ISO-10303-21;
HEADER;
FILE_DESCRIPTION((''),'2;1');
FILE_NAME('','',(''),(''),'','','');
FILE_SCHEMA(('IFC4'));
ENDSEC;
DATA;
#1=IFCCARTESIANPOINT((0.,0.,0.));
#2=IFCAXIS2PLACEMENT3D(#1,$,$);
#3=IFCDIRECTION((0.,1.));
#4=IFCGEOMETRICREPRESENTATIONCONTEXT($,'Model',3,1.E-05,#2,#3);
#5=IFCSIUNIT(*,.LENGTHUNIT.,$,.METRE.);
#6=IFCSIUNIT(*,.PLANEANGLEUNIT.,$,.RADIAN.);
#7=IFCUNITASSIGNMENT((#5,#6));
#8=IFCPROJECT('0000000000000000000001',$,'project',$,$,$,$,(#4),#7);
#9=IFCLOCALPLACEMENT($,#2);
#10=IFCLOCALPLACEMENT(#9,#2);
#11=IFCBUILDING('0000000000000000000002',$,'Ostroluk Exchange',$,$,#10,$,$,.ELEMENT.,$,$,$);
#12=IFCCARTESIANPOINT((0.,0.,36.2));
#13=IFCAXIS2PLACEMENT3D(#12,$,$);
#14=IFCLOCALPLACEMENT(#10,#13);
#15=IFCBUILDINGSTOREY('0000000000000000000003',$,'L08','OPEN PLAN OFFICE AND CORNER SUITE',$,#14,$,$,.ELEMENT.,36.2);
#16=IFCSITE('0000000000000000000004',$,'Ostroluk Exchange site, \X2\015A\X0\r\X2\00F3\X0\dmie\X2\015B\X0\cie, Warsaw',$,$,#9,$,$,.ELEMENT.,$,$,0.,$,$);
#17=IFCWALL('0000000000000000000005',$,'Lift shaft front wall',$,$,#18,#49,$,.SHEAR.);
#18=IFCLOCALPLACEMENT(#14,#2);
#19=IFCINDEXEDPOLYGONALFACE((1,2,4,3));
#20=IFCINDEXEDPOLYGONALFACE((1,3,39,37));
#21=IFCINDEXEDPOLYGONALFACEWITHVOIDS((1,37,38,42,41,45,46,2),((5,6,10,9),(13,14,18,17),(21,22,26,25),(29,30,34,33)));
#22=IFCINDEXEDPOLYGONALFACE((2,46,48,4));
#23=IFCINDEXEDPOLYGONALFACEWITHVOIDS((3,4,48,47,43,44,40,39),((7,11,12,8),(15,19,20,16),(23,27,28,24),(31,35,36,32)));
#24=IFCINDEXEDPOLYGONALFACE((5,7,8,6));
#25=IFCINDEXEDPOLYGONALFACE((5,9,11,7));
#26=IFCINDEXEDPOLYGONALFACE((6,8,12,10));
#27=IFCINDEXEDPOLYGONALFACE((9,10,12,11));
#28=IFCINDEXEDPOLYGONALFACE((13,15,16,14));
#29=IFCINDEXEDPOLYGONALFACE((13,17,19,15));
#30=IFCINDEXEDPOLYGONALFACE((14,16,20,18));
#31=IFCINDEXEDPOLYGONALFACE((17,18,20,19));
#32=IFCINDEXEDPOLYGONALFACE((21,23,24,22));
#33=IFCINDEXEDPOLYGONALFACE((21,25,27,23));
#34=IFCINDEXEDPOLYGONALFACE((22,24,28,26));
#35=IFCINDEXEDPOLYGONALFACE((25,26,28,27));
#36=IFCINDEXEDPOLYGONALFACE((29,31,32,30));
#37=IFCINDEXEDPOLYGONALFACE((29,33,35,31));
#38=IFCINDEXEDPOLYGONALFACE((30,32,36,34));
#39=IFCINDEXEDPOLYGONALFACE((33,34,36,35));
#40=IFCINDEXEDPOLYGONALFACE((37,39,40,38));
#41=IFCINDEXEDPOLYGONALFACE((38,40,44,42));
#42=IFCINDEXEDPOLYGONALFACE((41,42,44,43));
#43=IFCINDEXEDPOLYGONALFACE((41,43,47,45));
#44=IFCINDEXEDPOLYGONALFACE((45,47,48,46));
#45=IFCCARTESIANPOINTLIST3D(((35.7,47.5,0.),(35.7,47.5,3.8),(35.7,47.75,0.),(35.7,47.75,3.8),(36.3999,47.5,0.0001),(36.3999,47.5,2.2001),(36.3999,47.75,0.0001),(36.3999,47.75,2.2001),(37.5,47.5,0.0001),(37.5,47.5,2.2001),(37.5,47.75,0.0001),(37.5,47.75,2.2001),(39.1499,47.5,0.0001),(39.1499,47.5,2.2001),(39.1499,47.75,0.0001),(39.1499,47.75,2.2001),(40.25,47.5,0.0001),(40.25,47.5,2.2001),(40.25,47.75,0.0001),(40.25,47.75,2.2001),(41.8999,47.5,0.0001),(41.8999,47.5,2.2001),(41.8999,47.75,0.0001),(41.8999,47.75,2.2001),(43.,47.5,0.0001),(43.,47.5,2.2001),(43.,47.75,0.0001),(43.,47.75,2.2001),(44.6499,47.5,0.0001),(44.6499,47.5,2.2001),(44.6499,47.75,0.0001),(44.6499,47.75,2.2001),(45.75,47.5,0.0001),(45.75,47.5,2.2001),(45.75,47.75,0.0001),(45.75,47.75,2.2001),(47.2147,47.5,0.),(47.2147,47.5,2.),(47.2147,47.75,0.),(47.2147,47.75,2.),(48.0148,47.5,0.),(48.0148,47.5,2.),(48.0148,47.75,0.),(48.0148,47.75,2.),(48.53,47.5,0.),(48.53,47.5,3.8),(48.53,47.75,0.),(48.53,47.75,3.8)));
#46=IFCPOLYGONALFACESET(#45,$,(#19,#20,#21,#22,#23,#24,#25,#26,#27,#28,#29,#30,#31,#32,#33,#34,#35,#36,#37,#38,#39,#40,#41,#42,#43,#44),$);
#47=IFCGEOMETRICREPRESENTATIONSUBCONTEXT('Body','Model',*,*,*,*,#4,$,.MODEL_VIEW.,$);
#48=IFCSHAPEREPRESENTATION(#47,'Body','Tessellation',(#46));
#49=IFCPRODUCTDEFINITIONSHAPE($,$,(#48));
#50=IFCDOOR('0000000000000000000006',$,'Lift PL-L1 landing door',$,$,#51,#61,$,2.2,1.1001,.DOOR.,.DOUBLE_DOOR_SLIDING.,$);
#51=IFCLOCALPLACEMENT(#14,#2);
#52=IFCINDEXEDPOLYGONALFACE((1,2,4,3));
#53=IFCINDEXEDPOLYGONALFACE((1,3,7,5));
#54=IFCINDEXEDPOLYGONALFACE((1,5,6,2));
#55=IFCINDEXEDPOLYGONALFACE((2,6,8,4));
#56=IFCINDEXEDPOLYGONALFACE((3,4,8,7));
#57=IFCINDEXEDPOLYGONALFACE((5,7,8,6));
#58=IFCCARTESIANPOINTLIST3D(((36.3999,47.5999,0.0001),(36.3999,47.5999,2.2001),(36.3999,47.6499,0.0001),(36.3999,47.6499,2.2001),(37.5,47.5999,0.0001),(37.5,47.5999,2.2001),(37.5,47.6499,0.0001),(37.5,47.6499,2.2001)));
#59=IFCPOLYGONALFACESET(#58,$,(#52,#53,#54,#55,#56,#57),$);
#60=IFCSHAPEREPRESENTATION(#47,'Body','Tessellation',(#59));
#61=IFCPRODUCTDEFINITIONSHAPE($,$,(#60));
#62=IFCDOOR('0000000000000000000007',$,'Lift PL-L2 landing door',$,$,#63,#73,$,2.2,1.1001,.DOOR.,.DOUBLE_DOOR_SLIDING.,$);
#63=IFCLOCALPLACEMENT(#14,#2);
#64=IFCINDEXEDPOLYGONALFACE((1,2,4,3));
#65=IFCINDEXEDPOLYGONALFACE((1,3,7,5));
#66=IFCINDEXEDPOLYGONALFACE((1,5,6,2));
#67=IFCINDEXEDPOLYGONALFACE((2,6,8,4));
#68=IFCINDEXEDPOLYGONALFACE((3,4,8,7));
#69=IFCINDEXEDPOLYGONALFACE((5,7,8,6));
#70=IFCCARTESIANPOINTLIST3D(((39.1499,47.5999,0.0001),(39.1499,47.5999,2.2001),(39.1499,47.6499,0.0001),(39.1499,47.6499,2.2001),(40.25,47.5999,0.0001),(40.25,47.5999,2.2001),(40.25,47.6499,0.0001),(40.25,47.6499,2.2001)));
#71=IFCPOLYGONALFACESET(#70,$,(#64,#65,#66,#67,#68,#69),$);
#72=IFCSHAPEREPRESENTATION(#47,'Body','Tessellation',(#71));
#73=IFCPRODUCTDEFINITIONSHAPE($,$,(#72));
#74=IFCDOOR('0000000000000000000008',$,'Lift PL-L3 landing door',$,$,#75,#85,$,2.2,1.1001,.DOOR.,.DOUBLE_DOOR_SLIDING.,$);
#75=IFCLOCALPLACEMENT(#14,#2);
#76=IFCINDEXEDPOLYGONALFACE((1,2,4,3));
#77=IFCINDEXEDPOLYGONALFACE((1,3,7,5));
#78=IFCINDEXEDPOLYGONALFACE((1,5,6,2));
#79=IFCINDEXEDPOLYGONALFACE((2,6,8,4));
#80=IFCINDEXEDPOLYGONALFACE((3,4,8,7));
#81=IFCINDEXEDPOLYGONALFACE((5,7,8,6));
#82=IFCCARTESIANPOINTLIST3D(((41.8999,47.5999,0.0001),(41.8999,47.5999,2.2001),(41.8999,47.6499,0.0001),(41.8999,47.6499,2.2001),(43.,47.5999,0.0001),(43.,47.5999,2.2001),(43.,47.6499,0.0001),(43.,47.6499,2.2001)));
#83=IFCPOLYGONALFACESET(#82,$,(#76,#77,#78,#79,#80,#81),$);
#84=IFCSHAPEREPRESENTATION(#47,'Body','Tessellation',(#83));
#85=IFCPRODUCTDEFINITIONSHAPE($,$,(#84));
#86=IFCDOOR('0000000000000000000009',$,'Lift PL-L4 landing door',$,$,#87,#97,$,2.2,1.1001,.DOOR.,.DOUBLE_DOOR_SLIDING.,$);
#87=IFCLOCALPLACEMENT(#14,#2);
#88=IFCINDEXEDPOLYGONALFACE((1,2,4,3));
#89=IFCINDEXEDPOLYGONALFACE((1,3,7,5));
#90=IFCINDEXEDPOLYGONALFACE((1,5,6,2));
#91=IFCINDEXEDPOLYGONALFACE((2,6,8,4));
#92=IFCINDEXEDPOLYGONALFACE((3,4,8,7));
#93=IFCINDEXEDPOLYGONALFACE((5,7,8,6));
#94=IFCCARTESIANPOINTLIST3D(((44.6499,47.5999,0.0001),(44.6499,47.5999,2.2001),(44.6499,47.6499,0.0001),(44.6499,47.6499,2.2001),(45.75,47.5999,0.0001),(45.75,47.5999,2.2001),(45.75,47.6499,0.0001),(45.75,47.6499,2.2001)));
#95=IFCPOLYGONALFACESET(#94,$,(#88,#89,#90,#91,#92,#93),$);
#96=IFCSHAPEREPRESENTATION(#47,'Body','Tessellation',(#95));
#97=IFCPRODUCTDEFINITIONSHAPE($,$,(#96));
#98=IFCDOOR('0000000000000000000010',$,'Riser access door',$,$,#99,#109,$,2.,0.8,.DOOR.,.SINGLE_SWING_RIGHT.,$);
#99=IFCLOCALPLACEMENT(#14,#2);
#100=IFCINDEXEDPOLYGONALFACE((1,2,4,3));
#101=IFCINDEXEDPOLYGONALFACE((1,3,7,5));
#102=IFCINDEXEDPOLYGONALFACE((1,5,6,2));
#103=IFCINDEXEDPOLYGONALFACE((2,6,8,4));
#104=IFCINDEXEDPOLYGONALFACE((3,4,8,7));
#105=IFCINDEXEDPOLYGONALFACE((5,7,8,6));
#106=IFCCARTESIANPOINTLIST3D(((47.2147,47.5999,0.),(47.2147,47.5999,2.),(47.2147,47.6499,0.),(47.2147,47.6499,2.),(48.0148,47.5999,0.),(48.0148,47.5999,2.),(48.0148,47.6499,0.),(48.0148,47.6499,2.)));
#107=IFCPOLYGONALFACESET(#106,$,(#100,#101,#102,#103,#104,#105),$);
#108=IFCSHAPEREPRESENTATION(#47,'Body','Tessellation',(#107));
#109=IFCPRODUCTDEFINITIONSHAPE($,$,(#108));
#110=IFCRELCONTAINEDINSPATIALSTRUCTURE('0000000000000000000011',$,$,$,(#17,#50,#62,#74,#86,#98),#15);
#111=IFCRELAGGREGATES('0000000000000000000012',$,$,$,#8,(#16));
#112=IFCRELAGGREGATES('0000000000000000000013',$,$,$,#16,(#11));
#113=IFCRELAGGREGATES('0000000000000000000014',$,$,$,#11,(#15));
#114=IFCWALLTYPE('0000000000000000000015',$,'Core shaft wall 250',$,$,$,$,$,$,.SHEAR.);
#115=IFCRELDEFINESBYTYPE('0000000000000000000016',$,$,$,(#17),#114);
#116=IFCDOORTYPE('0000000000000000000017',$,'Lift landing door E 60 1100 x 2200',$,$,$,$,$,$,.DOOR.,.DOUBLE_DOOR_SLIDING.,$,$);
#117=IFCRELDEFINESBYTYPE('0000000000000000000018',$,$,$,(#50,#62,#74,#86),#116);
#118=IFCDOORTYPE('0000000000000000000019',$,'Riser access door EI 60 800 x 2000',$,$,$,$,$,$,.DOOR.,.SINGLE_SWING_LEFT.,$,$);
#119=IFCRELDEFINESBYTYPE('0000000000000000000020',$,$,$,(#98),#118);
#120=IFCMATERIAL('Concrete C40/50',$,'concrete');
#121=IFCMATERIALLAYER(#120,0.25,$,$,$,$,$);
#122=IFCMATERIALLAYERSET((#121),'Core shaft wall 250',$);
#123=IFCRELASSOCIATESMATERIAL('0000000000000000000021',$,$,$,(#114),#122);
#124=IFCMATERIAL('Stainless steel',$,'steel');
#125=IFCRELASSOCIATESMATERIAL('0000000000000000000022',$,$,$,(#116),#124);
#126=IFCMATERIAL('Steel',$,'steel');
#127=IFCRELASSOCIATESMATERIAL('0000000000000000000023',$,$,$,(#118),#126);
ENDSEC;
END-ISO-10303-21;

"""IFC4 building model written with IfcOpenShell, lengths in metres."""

from ifc_helpers import new_model, si_unit, direction, frame, frame_2d, origin, place, context, subcontext, project, spatial, rectangle, extrude, material, layer, layer_set, type_object, element, fill, save


model = new_model("IFC4")

# Units and contexts
model_context = context("Model", 3, precision=1e-05, world=origin(), true_north=direction((0.0, 1.0)))
body_context = subcontext(model_context, "Body", "Model", "MODEL_VIEW")
ifc_project = project(units=[si_unit("LENGTHUNIT", "METRE"), si_unit("PLANEANGLEUNIT", "RADIAN")], contexts=[model_context])

# Site, building, storey
site_placement = place(None, origin())
site = spatial("IfcSite", under=ifc_project, at=site_placement, Name="Ostroluk Exchange site, Śródmieście, Warsaw", CompositionType="ELEMENT", RefElevation=0.0)
building_placement = place(site_placement, origin())
building = spatial("IfcBuilding", under=site, at=building_placement, Name="Ostroluk Exchange", CompositionType="ELEMENT")
storey_placement = place(building_placement, frame((0.0, 0.0, 36.2)))
storey = spatial("IfcBuildingStorey", under=building, at=storey_placement, Name="L08", Description="OPEN PLAN OFFICE AND CORNER SUITE", CompositionType="ELEMENT", Elevation=36.2)

# Shared definitions
ifc_material_1 = material(Name="Concrete C40/50", Category="concrete")
ifc_layer_1 = layer(ifc_material_1, 0.25)
ifc_layer_set_1 = layer_set([ifc_layer_1], Name="Core shaft wall 250")
wall_type_1 = type_object("IfcWallType", Name="Core shaft wall 250", PredefinedType="SHEAR", material=ifc_layer_set_1)

# Wall, openings, doors
wall_1_placement = place(storey_placement, frame((35.7, 47.625, 0.0), z_axis=(0.0, 0.0, 1.0), x_axis=(1.0, 0.0, 0.0)))
wall_1 = element("IfcWall", 1, at=wall_1_placement, inside=storey, type_object=wall_type_1, Name="Lift shaft front wall", PredefinedType="SHEAR", context=body_context, shape_type="SweptSolid", body=[
    extrude(rectangle(XDim=12.8301, YDim=0.25, at=frame_2d((6.415, 0.0))), origin(), (0.0, 0.0, 1.0), 3.8),
])
opening_1_placement = place(wall_1_placement, frame((0.7, 0.0, 0.0)))
opening_1 = element("IfcOpeningElement", 2, at=opening_1_placement, cuts=wall_1, PredefinedType="OPENING", context=body_context, shape_type="SweptSolid", body=[
    extrude(rectangle(XDim=1.1001, YDim=2.2, at=frame_2d((0.55, 1.1001))), frame((0.0, 0.135, 0.0), z_axis=(0.0, -1.0, 0.0), x_axis=(1.0, 0.0, 0.0)), (0.0, 0.0, 1.0), 0.27),
])
opening_2_placement = place(wall_1_placement, frame((3.45, 0.0, 0.0)))
opening_2 = element("IfcOpeningElement", 3, at=opening_2_placement, cuts=wall_1, PredefinedType="OPENING", context=body_context, shape_type="SweptSolid", body=[
    extrude(rectangle(XDim=1.1001, YDim=2.2, at=frame_2d((0.55, 1.1001))), frame((0.0, 0.135, 0.0), z_axis=(0.0, -1.0, 0.0), x_axis=(1.0, 0.0, 0.0)), (0.0, 0.0, 1.0), 0.27),
])
opening_3_placement = place(wall_1_placement, frame((6.2, 0.0, 0.0)))
opening_3 = element("IfcOpeningElement", 4, at=opening_3_placement, cuts=wall_1, PredefinedType="OPENING", context=body_context, shape_type="SweptSolid", body=[
    extrude(rectangle(XDim=1.1001, YDim=2.2, at=frame_2d((0.55, 1.1001))), frame((0.0, 0.135, 0.0), z_axis=(0.0, -1.0, 0.0), x_axis=(1.0, 0.0, 0.0)), (0.0, 0.0, 1.0), 0.27),
])
opening_4_placement = place(wall_1_placement, frame((8.95, 0.0, 0.0)))
opening_4 = element("IfcOpeningElement", 5, at=opening_4_placement, cuts=wall_1, PredefinedType="OPENING", context=body_context, shape_type="SweptSolid", body=[
    extrude(rectangle(XDim=1.1001, YDim=2.2, at=frame_2d((0.55, 1.1001))), frame((0.0, 0.135, 0.0), z_axis=(0.0, -1.0, 0.0), x_axis=(1.0, 0.0, 0.0)), (0.0, 0.0, 1.0), 0.27),
])
opening_5_placement = place(wall_1_placement, frame((11.5149, 0.0, 0.0)))
opening_5 = element("IfcOpeningElement", 6, at=opening_5_placement, cuts=wall_1, PredefinedType="OPENING", context=body_context, shape_type="SweptSolid", body=[
    extrude(rectangle(XDim=0.8, YDim=2.0, at=frame_2d((0.3999, 1.0))), frame((0.0, 0.135, 0.0), z_axis=(0.0, -1.0, 0.0), x_axis=(1.0, 0.0, 0.0)), (0.0, 0.0, 1.0), 0.27),
])
ifc_material_2 = material(Name="Stainless steel", Category="steel")
door_type_1 = type_object("IfcDoorType", Name="Lift landing door E 60 1100 x 2200", OperationType="DOUBLE_DOOR_SLIDING", PredefinedType="DOOR", material=ifc_material_2)
door_1_placement = place(opening_1_placement, origin())
door_1 = element("IfcDoor", 7, at=door_1_placement, inside=storey, type_object=door_type_1, Name="Lift PL-L1 landing door", OperationType="DOUBLE_DOOR_SLIDING", OverallHeight=2.2, OverallWidth=1.1001, PredefinedType="DOOR", context=body_context, shape_type="SweptSolid", body=[
    extrude(rectangle(XDim=1.1001, YDim=2.2, at=frame_2d((0.55, 1.1001))), frame((0.0, 0.0249, 0.0), z_axis=(0.0, -1.0, 0.0), x_axis=(1.0, 0.0, 0.0)), (0.0, 0.0, 1.0), 0.05),
])
fill(opening_1, door_1)
door_2_placement = place(opening_2_placement, origin())
door_2 = element("IfcDoor", 8, at=door_2_placement, inside=storey, type_object=door_type_1, Name="Lift PL-L2 landing door", OperationType="DOUBLE_DOOR_SLIDING", OverallHeight=2.2, OverallWidth=1.1001, PredefinedType="DOOR", context=body_context, shape_type="SweptSolid", body=[
    extrude(rectangle(XDim=1.1001, YDim=2.2, at=frame_2d((0.55, 1.1001))), frame((0.0, 0.0249, 0.0), z_axis=(0.0, -1.0, 0.0), x_axis=(1.0, 0.0, 0.0)), (0.0, 0.0, 1.0), 0.05),
])
fill(opening_2, door_2)
door_3_placement = place(opening_3_placement, origin())
door_3 = element("IfcDoor", 9, at=door_3_placement, inside=storey, type_object=door_type_1, Name="Lift PL-L3 landing door", OperationType="DOUBLE_DOOR_SLIDING", OverallHeight=2.2, OverallWidth=1.1001, PredefinedType="DOOR", context=body_context, shape_type="SweptSolid", body=[
    extrude(rectangle(XDim=1.1001, YDim=2.2, at=frame_2d((0.55, 1.1001))), frame((0.0, 0.0249, 0.0), z_axis=(0.0, -1.0, 0.0), x_axis=(1.0, 0.0, 0.0)), (0.0, 0.0, 1.0), 0.05),
])
fill(opening_3, door_3)
door_4_placement = place(opening_4_placement, origin())
door_4 = element("IfcDoor", 10, at=door_4_placement, inside=storey, type_object=door_type_1, Name="Lift PL-L4 landing door", OperationType="DOUBLE_DOOR_SLIDING", OverallHeight=2.2, OverallWidth=1.1001, PredefinedType="DOOR", context=body_context, shape_type="SweptSolid", body=[
    extrude(rectangle(XDim=1.1001, YDim=2.2, at=frame_2d((0.55, 1.1001))), frame((0.0, 0.0249, 0.0), z_axis=(0.0, -1.0, 0.0), x_axis=(1.0, 0.0, 0.0)), (0.0, 0.0, 1.0), 0.05),
])
fill(opening_4, door_4)
ifc_material_3 = material(Name="Steel", Category="steel")
door_type_2 = type_object("IfcDoorType", Name="Riser access door EI 60 800 x 2000", OperationType="SINGLE_SWING_LEFT", PredefinedType="DOOR", material=ifc_material_3)
door_5_placement = place(opening_5_placement, origin())
door_5 = element("IfcDoor", 11, at=door_5_placement, inside=storey, type_object=door_type_2, Name="Riser access door", OperationType="SINGLE_SWING_RIGHT", OverallHeight=2.0, OverallWidth=0.8, PredefinedType="DOOR", context=body_context, shape_type="SweptSolid", body=[
    extrude(rectangle(XDim=0.8, YDim=2.0, at=frame_2d((0.3999, 1.0))), frame((0.0, 0.0249, 0.0), z_axis=(0.0, -1.0, 0.0), x_axis=(1.0, 0.0, 0.0)), (0.0, 0.0, 1.0), 0.05),
])
fill(opening_5, door_5)

save(model, "model.ifc")
